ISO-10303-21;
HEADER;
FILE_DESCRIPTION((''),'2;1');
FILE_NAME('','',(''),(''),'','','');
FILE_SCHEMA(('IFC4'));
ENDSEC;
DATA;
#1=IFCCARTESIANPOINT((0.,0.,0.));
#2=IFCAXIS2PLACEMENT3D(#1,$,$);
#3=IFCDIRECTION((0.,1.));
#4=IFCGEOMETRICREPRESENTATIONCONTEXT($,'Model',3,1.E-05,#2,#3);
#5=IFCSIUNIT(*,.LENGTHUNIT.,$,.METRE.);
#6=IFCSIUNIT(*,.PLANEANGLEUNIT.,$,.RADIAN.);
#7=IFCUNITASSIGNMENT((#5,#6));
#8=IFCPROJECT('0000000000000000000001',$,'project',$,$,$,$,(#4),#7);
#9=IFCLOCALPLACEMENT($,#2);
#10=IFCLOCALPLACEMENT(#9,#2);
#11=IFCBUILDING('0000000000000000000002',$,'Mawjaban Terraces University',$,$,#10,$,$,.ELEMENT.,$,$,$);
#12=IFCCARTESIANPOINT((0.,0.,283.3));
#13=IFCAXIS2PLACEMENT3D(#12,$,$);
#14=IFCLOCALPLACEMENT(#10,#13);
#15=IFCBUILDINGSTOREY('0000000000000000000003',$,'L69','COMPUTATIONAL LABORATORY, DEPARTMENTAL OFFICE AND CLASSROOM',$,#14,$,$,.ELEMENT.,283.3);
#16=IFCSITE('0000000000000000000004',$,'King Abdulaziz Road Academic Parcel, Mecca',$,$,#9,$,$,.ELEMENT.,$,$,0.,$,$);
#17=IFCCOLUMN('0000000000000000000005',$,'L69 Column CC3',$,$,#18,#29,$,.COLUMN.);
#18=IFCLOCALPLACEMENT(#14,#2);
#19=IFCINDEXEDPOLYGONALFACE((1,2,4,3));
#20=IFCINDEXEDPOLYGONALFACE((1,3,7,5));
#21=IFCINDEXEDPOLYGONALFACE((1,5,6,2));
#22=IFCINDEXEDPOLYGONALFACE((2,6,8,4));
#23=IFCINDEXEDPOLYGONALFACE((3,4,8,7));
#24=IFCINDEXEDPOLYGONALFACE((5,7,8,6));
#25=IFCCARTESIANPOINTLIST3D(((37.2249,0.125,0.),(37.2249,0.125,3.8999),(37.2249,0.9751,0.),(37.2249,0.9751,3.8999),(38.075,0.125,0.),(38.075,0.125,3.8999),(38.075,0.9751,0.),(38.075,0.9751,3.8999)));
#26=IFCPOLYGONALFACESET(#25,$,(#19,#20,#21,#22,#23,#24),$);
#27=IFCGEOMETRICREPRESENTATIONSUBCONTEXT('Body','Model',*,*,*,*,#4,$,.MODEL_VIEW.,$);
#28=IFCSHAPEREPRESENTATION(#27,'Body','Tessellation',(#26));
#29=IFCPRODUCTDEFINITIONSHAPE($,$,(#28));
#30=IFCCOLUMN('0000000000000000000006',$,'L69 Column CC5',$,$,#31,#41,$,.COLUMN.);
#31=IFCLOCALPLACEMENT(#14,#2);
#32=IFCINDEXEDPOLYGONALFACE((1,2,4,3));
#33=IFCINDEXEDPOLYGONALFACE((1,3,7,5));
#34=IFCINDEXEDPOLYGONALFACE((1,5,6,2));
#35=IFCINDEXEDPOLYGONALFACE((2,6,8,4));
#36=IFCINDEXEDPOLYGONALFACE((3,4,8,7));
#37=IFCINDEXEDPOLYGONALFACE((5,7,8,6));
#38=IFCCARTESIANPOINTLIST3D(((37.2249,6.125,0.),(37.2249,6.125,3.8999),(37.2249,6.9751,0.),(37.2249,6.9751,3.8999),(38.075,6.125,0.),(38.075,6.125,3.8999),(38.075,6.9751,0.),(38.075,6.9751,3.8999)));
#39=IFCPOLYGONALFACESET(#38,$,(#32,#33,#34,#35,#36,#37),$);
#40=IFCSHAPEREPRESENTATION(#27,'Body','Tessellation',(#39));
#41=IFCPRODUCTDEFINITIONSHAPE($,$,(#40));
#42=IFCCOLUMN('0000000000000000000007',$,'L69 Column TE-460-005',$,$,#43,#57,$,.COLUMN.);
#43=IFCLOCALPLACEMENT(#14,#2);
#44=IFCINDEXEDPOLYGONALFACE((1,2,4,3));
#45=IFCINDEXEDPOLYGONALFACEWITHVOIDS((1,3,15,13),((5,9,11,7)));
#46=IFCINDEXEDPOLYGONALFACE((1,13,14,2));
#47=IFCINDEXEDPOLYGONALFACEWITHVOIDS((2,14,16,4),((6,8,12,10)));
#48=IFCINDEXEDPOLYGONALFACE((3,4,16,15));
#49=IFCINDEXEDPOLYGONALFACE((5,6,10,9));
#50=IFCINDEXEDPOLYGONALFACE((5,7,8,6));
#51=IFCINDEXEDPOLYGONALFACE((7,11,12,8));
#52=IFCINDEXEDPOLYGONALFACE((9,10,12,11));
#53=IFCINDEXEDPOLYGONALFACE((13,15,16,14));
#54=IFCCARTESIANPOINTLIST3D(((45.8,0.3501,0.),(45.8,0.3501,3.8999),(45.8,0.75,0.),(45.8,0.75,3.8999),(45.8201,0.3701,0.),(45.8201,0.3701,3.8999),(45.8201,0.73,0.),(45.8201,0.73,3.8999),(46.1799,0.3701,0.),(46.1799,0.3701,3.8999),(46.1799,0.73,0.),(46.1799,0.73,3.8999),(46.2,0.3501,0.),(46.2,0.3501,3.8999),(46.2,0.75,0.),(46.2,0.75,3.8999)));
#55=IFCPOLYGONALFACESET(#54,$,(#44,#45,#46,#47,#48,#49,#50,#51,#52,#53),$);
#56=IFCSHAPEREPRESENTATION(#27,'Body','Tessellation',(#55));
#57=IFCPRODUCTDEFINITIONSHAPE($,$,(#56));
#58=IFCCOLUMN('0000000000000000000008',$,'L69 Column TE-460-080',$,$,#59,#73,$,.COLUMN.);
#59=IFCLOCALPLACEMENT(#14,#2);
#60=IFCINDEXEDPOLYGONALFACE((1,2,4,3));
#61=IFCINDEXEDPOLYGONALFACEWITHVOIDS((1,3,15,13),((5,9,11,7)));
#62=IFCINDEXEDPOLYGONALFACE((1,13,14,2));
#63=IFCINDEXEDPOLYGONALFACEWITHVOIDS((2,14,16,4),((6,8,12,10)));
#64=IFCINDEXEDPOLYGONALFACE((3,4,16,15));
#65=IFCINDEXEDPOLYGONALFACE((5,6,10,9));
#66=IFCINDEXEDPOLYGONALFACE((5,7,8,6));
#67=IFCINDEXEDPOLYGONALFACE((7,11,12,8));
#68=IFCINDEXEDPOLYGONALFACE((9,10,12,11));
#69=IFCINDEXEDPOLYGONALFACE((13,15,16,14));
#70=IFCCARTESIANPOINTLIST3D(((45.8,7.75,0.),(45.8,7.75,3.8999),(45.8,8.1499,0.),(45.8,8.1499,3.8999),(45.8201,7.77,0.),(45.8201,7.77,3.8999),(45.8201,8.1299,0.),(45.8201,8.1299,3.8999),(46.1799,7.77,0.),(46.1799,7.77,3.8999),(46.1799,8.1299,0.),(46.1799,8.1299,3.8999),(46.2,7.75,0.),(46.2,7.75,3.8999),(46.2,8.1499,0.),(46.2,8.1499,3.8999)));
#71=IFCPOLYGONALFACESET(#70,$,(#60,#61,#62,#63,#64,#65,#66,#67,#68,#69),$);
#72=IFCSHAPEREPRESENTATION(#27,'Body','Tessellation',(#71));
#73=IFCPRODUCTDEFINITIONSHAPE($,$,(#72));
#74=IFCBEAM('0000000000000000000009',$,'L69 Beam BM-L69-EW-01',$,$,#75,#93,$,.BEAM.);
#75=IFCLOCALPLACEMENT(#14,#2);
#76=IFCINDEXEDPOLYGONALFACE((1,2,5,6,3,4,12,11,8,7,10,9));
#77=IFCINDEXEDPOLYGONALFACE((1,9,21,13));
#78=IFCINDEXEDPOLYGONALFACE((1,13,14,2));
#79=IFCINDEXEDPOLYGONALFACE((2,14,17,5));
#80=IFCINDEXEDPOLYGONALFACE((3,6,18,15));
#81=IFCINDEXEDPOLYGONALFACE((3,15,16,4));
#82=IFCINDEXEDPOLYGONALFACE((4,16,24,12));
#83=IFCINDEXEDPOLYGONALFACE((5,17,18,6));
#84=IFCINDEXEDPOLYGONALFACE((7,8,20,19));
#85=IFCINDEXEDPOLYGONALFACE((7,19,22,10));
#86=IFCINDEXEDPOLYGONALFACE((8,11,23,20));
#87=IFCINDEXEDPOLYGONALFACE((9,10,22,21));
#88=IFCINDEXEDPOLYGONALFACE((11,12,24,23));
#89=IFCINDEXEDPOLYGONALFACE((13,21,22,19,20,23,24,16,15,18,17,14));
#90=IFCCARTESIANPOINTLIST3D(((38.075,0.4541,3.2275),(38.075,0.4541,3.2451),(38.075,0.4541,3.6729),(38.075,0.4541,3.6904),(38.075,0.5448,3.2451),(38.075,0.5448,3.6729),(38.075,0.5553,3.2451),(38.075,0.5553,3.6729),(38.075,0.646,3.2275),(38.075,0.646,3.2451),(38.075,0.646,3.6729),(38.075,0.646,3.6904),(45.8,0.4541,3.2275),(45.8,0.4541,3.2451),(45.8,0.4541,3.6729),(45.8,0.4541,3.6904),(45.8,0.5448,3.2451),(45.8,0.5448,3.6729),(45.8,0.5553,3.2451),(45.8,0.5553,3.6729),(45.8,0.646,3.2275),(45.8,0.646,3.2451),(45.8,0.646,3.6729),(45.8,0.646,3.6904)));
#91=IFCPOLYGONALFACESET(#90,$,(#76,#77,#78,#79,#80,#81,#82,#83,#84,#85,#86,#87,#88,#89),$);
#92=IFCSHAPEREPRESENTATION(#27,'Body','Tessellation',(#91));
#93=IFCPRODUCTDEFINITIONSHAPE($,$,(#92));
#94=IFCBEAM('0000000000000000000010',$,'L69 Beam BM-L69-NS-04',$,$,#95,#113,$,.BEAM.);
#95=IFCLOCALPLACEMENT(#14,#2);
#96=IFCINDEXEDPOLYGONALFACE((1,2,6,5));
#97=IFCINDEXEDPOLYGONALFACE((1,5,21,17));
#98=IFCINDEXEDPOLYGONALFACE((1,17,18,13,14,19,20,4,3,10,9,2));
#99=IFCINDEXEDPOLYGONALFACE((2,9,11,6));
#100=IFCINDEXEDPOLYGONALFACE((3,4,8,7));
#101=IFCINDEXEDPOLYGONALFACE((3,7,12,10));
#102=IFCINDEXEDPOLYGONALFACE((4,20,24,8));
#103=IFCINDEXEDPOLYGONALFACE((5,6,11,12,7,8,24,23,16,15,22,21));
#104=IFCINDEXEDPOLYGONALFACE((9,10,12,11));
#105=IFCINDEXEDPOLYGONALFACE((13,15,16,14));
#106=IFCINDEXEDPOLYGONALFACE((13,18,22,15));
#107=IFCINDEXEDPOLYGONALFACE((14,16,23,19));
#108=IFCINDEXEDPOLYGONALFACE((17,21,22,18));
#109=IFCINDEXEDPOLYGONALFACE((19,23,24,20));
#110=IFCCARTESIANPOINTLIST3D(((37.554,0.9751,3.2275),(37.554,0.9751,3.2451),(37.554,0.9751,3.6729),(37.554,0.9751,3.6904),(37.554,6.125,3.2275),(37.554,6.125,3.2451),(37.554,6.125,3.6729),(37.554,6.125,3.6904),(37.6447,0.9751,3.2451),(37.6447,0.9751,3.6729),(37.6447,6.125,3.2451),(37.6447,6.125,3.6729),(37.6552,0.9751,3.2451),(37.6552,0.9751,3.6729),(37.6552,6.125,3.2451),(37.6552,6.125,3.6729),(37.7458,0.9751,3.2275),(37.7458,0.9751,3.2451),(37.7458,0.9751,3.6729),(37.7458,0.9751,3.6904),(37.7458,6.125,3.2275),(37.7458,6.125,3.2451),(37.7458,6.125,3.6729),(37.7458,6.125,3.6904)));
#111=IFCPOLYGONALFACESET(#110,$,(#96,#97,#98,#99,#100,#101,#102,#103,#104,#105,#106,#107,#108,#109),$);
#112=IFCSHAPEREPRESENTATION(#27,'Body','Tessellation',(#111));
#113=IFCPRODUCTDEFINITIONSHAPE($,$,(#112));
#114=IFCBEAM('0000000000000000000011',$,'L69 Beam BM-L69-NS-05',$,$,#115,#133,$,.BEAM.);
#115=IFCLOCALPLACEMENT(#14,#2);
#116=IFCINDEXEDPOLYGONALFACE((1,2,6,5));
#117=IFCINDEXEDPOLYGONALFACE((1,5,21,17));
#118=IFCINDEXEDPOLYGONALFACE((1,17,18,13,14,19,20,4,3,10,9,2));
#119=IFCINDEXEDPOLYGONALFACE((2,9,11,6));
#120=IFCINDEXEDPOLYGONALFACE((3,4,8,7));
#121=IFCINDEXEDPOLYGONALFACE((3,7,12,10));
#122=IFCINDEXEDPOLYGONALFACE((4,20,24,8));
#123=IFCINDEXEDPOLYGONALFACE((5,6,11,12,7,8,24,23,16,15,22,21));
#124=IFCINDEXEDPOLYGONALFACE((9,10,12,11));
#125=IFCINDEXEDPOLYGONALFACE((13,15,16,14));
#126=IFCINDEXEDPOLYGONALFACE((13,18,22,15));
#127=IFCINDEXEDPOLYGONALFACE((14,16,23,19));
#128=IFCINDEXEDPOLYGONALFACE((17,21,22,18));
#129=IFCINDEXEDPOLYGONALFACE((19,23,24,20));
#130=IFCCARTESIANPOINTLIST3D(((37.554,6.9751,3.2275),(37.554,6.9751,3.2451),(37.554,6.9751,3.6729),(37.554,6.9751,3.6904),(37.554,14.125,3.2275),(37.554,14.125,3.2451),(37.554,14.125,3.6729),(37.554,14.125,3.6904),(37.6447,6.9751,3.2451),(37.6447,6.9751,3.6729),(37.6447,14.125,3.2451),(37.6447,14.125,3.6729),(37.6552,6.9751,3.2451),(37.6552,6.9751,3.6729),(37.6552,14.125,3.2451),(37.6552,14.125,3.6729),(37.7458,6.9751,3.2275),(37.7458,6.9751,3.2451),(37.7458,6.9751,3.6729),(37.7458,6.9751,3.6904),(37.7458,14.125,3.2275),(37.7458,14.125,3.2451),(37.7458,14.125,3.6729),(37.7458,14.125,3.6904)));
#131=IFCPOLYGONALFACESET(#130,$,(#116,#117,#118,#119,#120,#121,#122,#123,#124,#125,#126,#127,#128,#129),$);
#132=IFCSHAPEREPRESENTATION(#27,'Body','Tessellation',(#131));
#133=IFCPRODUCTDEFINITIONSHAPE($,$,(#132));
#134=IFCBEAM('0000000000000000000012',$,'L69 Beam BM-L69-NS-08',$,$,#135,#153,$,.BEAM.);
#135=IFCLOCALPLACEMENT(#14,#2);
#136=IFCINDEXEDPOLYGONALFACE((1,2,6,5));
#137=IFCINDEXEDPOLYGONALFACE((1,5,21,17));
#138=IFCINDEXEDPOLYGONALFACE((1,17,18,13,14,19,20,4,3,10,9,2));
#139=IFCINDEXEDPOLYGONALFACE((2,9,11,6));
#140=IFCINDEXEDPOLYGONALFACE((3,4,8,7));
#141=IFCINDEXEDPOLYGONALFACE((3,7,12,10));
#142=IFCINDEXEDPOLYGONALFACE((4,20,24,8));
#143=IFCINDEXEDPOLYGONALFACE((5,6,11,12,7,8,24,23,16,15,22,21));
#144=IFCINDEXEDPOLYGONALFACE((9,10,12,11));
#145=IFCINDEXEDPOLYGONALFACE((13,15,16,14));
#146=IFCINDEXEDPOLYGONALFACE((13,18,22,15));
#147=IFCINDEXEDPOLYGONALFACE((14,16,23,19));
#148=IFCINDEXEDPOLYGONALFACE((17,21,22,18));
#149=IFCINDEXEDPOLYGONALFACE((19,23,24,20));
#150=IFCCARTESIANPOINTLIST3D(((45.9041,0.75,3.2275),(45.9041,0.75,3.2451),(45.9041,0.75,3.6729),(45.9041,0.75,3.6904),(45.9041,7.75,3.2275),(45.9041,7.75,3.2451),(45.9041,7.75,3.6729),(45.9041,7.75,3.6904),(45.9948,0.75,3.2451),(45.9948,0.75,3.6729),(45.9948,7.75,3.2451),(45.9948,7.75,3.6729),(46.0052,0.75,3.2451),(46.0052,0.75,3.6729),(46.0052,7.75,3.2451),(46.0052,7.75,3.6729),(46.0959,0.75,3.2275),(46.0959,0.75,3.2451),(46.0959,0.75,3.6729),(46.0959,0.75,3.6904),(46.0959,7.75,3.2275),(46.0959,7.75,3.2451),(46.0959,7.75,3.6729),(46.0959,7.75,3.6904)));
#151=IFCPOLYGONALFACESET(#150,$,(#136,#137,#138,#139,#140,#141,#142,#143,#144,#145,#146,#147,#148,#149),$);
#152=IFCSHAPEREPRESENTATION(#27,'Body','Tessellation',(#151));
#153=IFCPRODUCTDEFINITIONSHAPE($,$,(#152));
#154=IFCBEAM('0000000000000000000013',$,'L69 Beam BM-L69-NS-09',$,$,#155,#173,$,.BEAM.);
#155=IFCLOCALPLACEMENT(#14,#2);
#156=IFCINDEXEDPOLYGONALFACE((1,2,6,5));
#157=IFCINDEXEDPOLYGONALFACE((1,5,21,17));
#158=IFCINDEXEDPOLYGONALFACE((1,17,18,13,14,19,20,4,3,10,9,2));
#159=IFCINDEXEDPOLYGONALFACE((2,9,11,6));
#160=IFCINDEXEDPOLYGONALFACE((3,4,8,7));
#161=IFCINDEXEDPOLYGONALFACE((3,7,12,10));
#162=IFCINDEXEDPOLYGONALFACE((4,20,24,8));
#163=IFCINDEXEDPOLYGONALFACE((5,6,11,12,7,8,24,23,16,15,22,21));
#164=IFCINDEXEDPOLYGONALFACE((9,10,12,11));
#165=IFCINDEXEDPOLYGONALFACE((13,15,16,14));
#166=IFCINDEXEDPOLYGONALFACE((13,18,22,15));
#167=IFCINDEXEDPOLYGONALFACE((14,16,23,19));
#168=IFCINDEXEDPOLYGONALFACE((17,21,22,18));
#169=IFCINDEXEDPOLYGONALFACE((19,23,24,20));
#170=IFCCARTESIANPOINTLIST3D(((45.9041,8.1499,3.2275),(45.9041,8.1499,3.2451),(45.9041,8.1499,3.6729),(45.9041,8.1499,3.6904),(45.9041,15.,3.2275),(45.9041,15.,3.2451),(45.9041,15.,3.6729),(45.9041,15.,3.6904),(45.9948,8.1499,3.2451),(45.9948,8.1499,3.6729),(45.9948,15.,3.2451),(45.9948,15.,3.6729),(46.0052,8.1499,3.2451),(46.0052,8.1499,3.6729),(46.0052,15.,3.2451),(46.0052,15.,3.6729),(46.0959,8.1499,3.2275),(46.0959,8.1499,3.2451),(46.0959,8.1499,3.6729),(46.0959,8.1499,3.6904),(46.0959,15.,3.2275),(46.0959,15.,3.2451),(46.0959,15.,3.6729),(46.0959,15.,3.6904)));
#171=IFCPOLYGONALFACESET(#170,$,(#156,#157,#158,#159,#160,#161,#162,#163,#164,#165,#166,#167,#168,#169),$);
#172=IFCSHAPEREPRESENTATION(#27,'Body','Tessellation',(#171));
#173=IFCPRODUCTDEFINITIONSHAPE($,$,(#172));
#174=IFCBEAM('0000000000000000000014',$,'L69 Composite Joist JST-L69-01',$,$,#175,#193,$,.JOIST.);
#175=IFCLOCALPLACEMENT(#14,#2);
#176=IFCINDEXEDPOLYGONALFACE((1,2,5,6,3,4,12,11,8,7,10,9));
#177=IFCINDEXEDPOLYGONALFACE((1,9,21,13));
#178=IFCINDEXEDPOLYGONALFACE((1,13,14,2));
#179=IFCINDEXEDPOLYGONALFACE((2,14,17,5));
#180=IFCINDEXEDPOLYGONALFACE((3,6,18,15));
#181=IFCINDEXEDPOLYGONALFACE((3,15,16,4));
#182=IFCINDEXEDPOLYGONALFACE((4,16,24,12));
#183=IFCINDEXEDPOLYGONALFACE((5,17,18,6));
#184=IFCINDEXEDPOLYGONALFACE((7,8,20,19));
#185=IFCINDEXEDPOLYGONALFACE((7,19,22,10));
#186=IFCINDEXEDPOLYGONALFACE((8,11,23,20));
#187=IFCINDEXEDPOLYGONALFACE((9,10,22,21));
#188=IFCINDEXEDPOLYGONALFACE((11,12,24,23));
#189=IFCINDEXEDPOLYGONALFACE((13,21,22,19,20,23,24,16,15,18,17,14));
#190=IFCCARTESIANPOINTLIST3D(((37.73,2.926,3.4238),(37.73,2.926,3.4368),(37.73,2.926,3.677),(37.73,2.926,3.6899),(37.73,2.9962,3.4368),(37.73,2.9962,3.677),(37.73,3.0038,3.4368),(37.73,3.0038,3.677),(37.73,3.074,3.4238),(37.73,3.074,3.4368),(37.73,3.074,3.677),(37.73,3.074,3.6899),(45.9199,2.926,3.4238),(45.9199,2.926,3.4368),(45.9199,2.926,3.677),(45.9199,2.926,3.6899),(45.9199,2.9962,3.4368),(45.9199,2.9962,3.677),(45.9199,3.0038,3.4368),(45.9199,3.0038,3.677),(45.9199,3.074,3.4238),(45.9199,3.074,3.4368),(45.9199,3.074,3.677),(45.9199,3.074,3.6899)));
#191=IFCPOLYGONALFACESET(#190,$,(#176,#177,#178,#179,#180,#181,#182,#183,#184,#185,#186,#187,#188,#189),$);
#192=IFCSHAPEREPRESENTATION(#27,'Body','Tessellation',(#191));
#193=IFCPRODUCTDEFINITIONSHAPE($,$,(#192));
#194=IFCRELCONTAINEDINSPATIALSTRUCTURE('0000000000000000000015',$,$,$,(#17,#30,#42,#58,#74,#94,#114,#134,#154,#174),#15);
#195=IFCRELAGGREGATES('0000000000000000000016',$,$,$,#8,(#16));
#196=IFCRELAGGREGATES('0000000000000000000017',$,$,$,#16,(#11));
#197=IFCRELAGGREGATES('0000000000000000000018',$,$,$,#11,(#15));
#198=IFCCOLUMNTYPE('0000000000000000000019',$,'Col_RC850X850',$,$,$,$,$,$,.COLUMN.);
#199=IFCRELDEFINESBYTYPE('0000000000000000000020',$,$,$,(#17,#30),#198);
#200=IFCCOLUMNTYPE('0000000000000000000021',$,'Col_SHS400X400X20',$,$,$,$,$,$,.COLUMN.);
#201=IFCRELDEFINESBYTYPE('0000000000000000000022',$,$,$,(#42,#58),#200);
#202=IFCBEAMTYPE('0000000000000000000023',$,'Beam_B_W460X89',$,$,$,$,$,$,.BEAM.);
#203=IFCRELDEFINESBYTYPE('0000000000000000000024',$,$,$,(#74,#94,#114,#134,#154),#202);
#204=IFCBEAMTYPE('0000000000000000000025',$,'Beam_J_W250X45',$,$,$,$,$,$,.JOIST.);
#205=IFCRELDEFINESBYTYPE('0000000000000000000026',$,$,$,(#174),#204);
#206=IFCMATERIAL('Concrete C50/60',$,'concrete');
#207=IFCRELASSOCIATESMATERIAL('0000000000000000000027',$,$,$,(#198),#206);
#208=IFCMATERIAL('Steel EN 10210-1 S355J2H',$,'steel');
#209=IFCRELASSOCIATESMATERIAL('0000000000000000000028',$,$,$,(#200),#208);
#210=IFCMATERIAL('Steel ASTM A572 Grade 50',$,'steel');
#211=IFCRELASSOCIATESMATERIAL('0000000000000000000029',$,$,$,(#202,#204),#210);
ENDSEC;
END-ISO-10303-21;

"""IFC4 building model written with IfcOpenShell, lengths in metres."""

from ifc_helpers import new_model, si_unit, direction, frame, origin, origin_2d, place, context, subcontext, project, spatial, rectangle, hollow_rectangle, i_section, extrude, material, material_profile, profile_set, type_object, element, save


model = new_model("IFC4")

# Units and contexts
model_context = context("Model", 3, precision=1e-05, world=origin(), true_north=direction((0.0, 1.0)))
body_context = subcontext(model_context, "Body", "Model", "MODEL_VIEW")
ifc_project = project(units=[si_unit("LENGTHUNIT", "METRE"), si_unit("PLANEANGLEUNIT", "RADIAN")], contexts=[model_context])

# Site, building, storey
site_placement = place(None, origin())
site = spatial("IfcSite", under=ifc_project, at=site_placement, Name="King Abdulaziz Road Academic Parcel, Mecca", CompositionType="ELEMENT", RefElevation=0.0)
building_placement = place(site_placement, origin())
building = spatial("IfcBuilding", under=site, at=building_placement, Name="Mawjaban Terraces University", CompositionType="ELEMENT")
storey_placement = place(building_placement, frame((0.0, 0.0, 283.3)))
storey = spatial("IfcBuildingStorey", under=building, at=storey_placement, Name="L69", Description="COMPUTATIONAL LABORATORY, DEPARTMENTAL OFFICE AND CLASSROOM", CompositionType="ELEMENT", Elevation=283.3)

# Columns
ifc_material_1 = material(Name="Concrete C50/60", Category="concrete")
ifc_material_profile_1 = material_profile(ifc_material_1, rectangle(XDim=0.8501, YDim=0.8501, at=origin_2d()), Name="RC850X850")
ifc_profile_set_1 = profile_set([ifc_material_profile_1], Name="Concrete C50/60")
column_type_1 = type_object("IfcColumnType", Name="Col_RC850X850", PredefinedType="COLUMN", material=ifc_profile_set_1)
for number, where, z_axis, x_axis, name in (
    (1, (37.6499, 0.55, 0.0), (0.0, 0.0, 1.0), (1.0, 0.0, 0.0), "L69 Column CC3"),
    (2, (37.6499, 6.55, 0.0), (0.0, 0.0, 1.0), (1.0, 0.0, 0.0), "L69 Column CC5"),
):
    element("IfcColumn", number, at=place(storey_placement, frame(where, z_axis=z_axis, x_axis=x_axis)), inside=storey, type_object=column_type_1, Name=name, PredefinedType="COLUMN", context=body_context, shape_type="SweptSolid", body=[
        extrude(rectangle(XDim=0.8501, YDim=0.8501, at=origin_2d()), origin(), (0.0, 0.0, 1.0), 3.8999),
    ])
ifc_material_2 = material(Name="Steel EN 10210-1 S355J2H", Category="steel")
ifc_material_profile_2 = material_profile(ifc_material_2, hollow_rectangle(XDim=0.3999, YDim=0.3999, WallThickness=0.02, at=origin_2d()), Name="SHS400X400X20")
ifc_profile_set_2 = profile_set([ifc_material_profile_2], Name="Steel EN 10210-1 S355J2H")
column_type_2 = type_object("IfcColumnType", Name="Col_SHS400X400X20", PredefinedType="COLUMN", material=ifc_profile_set_2)
for number, where, z_axis, x_axis, name in (
    (3, (46.0, 0.55, 0.0), (0.0, 0.0, 1.0), (1.0, 0.0, 0.0), "L69 Column TE-460-005"),
    (4, (46.0, 7.95, 0.0), (0.0, 0.0, 1.0), (1.0, 0.0, 0.0), "L69 Column TE-460-080"),
):
    element("IfcColumn", number, at=place(storey_placement, frame(where, z_axis=z_axis, x_axis=x_axis)), inside=storey, type_object=column_type_2, Name=name, PredefinedType="COLUMN", context=body_context, shape_type="SweptSolid", body=[
        extrude(hollow_rectangle(XDim=0.3999, YDim=0.3999, WallThickness=0.02, at=origin_2d()), origin(), (0.0, 0.0, 1.0), 3.8999),
    ])

# Beams
ifc_material_3 = material(Name="Steel ASTM A572 Grade 50", Category="steel")
ifc_material_profile_3 = material_profile(ifc_material_3, i_section(OverallWidth=0.1919, OverallDepth=0.4629, WebThickness=0.0105, FlangeThickness=0.0176, at=origin_2d()), Name="W460X89")
ifc_profile_set_3 = profile_set([ifc_material_profile_3], Name="Steel ASTM A572 Grade 50")
beam_type_1 = type_object("IfcBeamType", Name="Beam_B_W460X89", PredefinedType="BEAM", material=ifc_profile_set_3)
beam_1_placement = place(storey_placement, frame((38.075, 0.55, 3.459), z_axis=(1.0, 0.0, 0.0), x_axis=(0.0, 1.0, 0.0)))
element("IfcBeam", 5, at=beam_1_placement, inside=storey, type_object=beam_type_1, Name="L69 Beam BM-L69-EW-01", PredefinedType="BEAM", context=body_context, shape_type="SweptSolid", body=[
    extrude(i_section(OverallWidth=0.1919, OverallDepth=0.4629, WebThickness=0.0105, FlangeThickness=0.0176, at=origin_2d()), origin(), (0.0, 0.0, 1.0), 7.7251),
])
beam_2_placement = place(storey_placement, frame((37.6499, 0.9751, 3.459), z_axis=(0.0, 1.0, 0.0), x_axis=(-1.0, 0.0, 0.0)))
element("IfcBeam", 6, at=beam_2_placement, inside=storey, type_object=beam_type_1, Name="L69 Beam BM-L69-NS-04", PredefinedType="BEAM", context=body_context, shape_type="SweptSolid", body=[
    extrude(i_section(OverallWidth=0.1919, OverallDepth=0.4629, WebThickness=0.0105, FlangeThickness=0.0176, at=origin_2d()), origin(), (0.0, 0.0, 1.0), 5.1499),
])
beam_3_placement = place(storey_placement, frame((37.6499, 6.9751, 3.459), z_axis=(0.0, 1.0, 0.0), x_axis=(-1.0, 0.0, 0.0)))
element("IfcBeam", 7, at=beam_3_placement, inside=storey, type_object=beam_type_1, Name="L69 Beam BM-L69-NS-05", PredefinedType="BEAM", context=body_context, shape_type="SweptSolid", body=[
    extrude(i_section(OverallWidth=0.1919, OverallDepth=0.4629, WebThickness=0.0105, FlangeThickness=0.0176, at=origin_2d()), origin(), (0.0, 0.0, 1.0), 7.1499),
])
beam_4_placement = place(storey_placement, frame((46.0, 0.75, 3.459), z_axis=(0.0, 1.0, 0.0), x_axis=(-1.0, 0.0, 0.0)))
element("IfcBeam", 8, at=beam_4_placement, inside=storey, type_object=beam_type_1, Name="L69 Beam BM-L69-NS-08", PredefinedType="BEAM", context=body_context, shape_type="SweptSolid", body=[
    extrude(i_section(OverallWidth=0.1919, OverallDepth=0.4629, WebThickness=0.0105, FlangeThickness=0.0176, at=origin_2d()), origin(), (0.0, 0.0, 1.0), 7.0),
])
beam_5_placement = place(storey_placement, frame((46.0, 8.1499, 3.459), z_axis=(0.0, 1.0, 0.0), x_axis=(-1.0, 0.0, 0.0)))
element("IfcBeam", 9, at=beam_5_placement, inside=storey, type_object=beam_type_1, Name="L69 Beam BM-L69-NS-09", PredefinedType="BEAM", context=body_context, shape_type="SweptSolid", body=[
    extrude(i_section(OverallWidth=0.1919, OverallDepth=0.4629, WebThickness=0.0105, FlangeThickness=0.0176, at=origin_2d()), origin(), (0.0, 0.0, 1.0), 6.8501),
])
ifc_material_profile_4 = material_profile(ifc_material_3, i_section(OverallWidth=0.1479, OverallDepth=0.2661, WebThickness=0.0076, FlangeThickness=0.0129, at=origin_2d()), Name="W250X45")
ifc_profile_set_4 = profile_set([ifc_material_profile_4], Name="Steel ASTM A572 Grade 50")
beam_type_2 = type_object("IfcBeamType", Name="Beam_J_W250X45", PredefinedType="JOIST", material=ifc_profile_set_4)
for number, where, z_axis, x_axis, name in (
    (10, (37.73, 3.0, 3.5569), (1.0, 0.0, 0.0), (0.0, 1.0, 0.0), "L69 Composite Joist JST-L69-01"),
):
    element("IfcBeam", number, at=place(storey_placement, frame(where, z_axis=z_axis, x_axis=x_axis)), inside=storey, type_object=beam_type_2, Name=name, PredefinedType="JOIST", context=body_context, shape_type="SweptSolid", body=[
        extrude(i_section(OverallWidth=0.1479, OverallDepth=0.2661, WebThickness=0.0076, FlangeThickness=0.0129, at=origin_2d()), origin(), (0.0, 0.0, 1.0), 8.1899),
    ])

save(model, "model.ifc")
